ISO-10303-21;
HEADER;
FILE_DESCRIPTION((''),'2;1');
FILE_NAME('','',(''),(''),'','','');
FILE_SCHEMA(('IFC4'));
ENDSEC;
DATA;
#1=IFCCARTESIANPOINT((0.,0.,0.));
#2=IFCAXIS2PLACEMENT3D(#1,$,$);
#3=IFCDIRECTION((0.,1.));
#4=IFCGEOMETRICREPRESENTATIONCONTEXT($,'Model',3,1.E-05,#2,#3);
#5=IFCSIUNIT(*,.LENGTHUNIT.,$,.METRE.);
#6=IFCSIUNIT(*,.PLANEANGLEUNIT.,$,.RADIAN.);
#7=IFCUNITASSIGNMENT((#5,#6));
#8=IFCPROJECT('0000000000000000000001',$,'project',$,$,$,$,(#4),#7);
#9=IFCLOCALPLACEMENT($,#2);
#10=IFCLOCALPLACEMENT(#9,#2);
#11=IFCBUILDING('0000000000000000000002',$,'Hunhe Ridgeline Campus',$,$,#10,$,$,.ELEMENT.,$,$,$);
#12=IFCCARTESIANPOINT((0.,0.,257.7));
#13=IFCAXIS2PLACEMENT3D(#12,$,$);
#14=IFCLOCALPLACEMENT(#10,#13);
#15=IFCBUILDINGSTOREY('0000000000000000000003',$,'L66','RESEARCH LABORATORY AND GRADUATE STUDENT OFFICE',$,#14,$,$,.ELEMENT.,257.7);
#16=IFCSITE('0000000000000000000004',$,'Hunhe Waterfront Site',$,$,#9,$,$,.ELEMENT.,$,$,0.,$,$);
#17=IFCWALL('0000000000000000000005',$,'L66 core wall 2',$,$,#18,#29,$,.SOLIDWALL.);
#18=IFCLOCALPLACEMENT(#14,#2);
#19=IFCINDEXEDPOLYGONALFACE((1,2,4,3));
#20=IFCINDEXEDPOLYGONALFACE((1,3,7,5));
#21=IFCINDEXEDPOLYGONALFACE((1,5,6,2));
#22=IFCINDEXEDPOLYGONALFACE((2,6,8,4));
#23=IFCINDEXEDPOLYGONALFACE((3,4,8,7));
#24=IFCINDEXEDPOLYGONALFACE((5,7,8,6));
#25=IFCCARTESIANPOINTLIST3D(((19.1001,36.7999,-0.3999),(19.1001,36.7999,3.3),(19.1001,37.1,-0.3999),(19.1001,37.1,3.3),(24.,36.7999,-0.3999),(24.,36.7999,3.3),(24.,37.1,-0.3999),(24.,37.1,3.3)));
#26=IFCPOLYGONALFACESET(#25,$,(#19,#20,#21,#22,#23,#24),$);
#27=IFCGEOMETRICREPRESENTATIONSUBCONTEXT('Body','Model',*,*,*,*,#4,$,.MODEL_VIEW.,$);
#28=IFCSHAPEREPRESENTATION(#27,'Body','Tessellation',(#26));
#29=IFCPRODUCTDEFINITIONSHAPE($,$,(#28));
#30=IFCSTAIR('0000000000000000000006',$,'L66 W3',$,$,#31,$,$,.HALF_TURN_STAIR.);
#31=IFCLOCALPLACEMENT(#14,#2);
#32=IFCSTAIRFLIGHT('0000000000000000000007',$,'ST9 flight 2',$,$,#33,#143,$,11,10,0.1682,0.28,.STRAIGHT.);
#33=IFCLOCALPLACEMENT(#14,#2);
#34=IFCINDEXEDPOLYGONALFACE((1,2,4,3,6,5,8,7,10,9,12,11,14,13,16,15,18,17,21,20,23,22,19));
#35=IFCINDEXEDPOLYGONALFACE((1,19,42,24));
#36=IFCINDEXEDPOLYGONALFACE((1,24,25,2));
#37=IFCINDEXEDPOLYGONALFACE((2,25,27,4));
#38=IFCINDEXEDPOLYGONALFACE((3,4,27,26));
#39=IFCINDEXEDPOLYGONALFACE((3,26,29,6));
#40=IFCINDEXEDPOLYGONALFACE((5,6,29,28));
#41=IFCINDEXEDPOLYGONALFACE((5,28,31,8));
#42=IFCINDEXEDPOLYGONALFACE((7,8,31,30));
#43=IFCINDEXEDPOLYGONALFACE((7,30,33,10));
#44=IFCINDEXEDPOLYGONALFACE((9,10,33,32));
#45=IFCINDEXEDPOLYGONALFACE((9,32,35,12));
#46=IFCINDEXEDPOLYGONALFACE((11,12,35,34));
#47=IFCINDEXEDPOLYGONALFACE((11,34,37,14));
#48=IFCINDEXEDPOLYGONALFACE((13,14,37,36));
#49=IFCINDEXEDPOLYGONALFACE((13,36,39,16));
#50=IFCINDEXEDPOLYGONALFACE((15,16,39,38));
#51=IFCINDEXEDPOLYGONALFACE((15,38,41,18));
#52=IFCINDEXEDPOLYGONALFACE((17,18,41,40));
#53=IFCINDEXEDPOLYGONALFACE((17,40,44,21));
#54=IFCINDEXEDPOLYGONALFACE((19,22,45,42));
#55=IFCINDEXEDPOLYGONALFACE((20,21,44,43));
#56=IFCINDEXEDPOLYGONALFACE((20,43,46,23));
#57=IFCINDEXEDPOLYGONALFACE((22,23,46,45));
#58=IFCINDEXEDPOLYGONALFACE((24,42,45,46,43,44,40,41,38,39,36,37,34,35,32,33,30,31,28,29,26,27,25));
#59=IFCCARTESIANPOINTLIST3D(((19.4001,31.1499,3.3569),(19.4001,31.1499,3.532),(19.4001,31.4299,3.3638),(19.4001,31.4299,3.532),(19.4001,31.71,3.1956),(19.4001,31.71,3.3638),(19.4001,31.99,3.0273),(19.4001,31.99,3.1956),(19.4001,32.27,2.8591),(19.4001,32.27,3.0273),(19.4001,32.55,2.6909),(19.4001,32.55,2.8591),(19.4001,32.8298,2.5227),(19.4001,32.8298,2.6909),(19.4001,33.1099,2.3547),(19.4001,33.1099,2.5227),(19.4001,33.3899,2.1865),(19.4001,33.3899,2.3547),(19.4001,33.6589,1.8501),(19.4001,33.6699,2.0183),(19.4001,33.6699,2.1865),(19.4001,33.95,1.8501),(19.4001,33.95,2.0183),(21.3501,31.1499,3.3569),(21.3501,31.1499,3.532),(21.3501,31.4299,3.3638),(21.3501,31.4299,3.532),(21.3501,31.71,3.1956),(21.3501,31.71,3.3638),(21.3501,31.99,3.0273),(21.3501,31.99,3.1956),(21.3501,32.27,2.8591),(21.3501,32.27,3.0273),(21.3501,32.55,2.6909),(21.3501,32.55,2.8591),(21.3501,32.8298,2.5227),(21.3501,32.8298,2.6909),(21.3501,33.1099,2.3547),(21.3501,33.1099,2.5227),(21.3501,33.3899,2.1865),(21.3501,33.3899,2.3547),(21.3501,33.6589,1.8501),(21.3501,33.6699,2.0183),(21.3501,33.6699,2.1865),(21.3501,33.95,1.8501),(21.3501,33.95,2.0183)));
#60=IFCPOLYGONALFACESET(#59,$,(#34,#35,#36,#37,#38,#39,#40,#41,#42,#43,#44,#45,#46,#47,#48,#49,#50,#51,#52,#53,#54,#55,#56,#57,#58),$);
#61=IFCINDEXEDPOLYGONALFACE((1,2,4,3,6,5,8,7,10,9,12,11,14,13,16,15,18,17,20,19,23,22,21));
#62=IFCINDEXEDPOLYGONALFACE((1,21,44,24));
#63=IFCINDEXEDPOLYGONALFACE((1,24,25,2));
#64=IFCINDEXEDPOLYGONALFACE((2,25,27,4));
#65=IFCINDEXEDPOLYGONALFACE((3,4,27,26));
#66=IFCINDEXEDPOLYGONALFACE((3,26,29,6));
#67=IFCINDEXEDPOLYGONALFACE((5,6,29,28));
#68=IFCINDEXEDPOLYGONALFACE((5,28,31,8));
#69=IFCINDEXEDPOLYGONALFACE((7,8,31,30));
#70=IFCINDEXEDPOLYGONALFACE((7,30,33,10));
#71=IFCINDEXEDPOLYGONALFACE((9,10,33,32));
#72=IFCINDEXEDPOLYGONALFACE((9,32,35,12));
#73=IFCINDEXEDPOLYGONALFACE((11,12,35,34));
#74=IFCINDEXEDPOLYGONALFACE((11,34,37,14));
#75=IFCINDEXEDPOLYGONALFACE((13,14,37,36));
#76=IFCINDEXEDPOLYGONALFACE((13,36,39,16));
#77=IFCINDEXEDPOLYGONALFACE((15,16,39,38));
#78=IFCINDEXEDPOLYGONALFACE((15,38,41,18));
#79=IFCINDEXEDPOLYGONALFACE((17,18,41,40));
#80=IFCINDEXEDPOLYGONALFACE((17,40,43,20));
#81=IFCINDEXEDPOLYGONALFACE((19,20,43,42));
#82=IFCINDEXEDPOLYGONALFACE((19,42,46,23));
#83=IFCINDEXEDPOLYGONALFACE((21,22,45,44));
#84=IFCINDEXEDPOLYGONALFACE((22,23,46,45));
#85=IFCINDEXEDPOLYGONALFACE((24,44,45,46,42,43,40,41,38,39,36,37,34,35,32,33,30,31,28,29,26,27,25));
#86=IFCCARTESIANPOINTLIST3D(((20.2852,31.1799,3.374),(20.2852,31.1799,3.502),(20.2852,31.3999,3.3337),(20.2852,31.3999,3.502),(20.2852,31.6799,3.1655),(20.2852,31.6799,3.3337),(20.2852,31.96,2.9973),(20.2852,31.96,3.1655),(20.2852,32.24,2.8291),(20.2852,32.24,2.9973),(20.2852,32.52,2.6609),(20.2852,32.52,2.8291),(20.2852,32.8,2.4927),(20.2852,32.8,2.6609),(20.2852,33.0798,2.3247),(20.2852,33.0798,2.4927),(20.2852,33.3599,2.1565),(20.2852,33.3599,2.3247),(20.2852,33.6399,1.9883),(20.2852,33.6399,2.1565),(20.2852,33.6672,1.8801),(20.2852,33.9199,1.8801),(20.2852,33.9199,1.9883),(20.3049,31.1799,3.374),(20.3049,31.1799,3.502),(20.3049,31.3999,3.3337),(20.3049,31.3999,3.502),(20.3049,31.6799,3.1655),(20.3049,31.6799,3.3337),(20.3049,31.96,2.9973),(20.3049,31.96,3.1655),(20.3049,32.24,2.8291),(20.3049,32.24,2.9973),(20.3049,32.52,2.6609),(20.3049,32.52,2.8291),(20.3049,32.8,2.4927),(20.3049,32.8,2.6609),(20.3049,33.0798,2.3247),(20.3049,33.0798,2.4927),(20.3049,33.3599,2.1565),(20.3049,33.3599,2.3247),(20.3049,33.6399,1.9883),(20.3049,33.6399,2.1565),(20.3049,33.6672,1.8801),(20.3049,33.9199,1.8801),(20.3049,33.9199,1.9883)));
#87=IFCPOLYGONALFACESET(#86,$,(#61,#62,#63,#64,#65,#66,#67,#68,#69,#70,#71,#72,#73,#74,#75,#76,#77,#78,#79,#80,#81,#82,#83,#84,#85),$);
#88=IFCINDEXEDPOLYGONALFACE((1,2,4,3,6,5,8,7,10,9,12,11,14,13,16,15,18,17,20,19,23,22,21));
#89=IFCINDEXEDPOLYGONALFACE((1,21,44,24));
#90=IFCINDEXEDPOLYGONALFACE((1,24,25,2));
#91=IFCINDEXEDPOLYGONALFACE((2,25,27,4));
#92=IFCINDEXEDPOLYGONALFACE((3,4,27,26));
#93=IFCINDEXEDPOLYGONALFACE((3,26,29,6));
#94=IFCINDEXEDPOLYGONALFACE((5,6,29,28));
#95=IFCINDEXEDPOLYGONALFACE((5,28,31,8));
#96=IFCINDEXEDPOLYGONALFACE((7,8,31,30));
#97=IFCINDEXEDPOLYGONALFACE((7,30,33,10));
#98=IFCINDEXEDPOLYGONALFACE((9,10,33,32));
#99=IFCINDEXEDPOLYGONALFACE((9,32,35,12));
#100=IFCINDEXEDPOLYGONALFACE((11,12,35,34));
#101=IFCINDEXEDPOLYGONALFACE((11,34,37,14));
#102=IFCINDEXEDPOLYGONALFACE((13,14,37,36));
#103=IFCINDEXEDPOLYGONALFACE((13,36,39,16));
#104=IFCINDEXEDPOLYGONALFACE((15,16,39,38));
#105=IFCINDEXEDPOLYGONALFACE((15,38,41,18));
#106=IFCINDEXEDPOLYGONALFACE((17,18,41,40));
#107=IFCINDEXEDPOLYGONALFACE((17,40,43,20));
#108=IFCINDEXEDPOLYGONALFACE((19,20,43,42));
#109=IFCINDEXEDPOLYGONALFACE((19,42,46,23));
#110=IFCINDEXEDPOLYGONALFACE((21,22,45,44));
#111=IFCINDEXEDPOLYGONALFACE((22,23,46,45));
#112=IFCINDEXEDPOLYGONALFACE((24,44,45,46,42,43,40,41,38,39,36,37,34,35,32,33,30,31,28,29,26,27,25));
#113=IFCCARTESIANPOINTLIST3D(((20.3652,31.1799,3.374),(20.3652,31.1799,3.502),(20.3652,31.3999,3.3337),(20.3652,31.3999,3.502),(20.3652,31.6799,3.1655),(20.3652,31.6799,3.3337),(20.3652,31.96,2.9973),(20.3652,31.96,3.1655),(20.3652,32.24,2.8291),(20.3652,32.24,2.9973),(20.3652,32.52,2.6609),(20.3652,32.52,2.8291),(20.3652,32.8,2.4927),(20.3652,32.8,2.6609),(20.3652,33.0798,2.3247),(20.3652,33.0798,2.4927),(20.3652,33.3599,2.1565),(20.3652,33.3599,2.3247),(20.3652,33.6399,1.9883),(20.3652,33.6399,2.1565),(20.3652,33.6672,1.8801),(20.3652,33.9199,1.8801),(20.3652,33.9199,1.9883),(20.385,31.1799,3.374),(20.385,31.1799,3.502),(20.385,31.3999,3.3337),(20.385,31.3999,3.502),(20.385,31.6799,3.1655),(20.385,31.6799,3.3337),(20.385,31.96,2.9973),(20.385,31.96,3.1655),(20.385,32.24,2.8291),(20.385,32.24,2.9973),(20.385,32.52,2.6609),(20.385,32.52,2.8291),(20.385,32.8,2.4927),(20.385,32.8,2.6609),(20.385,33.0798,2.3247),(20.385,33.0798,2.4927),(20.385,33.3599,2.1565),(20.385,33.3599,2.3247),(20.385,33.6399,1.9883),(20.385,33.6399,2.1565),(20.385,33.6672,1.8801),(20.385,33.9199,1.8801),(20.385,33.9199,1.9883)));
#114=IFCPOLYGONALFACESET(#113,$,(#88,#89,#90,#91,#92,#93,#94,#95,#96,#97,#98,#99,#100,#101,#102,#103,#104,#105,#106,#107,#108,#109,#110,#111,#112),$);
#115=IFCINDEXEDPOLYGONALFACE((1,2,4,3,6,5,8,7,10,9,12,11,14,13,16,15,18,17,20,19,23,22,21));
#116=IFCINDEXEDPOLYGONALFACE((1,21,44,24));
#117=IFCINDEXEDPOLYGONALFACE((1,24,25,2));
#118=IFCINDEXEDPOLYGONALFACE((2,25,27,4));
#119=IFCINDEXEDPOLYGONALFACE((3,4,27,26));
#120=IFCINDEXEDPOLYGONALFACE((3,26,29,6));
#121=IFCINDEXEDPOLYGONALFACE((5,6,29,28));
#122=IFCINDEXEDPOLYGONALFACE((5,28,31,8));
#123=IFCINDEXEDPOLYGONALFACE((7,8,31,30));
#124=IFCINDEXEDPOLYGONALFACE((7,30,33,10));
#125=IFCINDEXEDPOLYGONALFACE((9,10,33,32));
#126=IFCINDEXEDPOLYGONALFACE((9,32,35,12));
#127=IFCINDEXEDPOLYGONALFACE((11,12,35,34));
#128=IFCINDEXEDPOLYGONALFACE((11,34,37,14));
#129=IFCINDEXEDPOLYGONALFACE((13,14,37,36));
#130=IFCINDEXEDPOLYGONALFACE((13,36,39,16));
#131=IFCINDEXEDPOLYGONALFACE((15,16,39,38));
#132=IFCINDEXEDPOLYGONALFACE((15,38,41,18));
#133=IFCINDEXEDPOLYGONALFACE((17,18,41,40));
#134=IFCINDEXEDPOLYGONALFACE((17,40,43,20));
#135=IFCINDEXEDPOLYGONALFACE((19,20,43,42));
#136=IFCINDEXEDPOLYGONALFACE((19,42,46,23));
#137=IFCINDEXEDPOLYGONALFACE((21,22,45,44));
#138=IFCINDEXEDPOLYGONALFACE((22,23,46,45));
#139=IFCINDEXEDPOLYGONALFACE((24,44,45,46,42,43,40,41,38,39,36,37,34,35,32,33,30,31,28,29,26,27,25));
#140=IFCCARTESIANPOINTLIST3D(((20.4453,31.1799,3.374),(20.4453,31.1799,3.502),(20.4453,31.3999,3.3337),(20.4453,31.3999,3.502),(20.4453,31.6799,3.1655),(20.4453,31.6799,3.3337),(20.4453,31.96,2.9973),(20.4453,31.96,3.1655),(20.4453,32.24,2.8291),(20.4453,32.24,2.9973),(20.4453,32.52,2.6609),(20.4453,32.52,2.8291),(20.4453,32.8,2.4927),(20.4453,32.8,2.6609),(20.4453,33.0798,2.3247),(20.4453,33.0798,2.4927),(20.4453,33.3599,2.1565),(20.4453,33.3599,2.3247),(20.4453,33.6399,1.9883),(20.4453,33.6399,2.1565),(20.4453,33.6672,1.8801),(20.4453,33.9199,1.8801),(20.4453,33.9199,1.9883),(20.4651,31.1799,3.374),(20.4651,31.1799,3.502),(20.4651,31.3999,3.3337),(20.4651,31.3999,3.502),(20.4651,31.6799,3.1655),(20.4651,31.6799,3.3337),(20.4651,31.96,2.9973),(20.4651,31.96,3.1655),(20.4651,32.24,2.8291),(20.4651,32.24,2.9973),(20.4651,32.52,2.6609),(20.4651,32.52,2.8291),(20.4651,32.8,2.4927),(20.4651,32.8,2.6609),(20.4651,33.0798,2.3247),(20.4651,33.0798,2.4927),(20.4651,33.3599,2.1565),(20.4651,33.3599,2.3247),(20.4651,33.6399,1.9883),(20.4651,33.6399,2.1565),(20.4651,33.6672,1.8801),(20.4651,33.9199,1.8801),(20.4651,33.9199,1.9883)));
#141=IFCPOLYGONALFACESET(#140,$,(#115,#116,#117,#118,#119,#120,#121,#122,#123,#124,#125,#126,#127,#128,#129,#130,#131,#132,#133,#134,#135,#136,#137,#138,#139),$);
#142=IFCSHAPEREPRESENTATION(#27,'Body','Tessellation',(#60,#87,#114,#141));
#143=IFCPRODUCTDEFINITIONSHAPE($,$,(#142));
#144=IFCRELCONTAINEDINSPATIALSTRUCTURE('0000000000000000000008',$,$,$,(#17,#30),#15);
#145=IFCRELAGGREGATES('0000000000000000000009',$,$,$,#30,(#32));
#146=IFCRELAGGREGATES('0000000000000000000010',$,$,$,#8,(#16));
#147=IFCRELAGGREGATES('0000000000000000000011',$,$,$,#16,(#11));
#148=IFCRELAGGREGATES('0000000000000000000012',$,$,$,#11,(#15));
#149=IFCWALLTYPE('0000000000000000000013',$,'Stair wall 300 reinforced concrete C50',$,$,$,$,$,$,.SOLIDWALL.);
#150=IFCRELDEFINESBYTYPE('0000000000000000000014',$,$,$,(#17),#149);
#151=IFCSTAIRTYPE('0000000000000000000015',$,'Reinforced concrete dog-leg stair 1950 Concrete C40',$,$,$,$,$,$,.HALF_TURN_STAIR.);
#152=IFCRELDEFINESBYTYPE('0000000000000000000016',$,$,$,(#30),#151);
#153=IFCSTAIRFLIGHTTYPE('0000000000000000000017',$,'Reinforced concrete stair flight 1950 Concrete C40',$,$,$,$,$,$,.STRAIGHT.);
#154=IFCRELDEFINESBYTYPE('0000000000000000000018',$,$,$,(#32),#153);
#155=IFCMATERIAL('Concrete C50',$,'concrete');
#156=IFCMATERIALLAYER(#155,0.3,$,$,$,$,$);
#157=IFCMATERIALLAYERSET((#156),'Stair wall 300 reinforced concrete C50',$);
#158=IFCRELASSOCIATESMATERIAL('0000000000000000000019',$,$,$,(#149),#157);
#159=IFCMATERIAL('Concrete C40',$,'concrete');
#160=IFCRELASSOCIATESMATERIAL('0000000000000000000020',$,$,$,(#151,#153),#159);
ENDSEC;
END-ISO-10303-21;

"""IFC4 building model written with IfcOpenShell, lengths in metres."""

from ifc_helpers import new_model, si_unit, direction, frame, frame_2d, origin, place, context, subcontext, project, spatial, polyline, rectangle, outline, extrude, material, layer, layer_set, type_object, element, aggregate, save


model = new_model("IFC4")

# Units and contexts
model_context = context("Model", 3, precision=1e-05, world=origin(), true_north=direction((0.0, 1.0)))
body_context = subcontext(model_context, "Body", "Model", "MODEL_VIEW")
ifc_project = project(units=[si_unit("LENGTHUNIT", "METRE"), si_unit("PLANEANGLEUNIT", "RADIAN")], contexts=[model_context])

# Site, building, storey
site_placement = place(None, origin())
site = spatial("IfcSite", under=ifc_project, at=site_placement, Name="Hunhe Waterfront Site", CompositionType="ELEMENT", RefElevation=0.0)
building_placement = place(site_placement, origin())
building = spatial("IfcBuilding", under=site, at=building_placement, Name="Hunhe Ridgeline Campus", CompositionType="ELEMENT")
storey_placement = place(building_placement, frame((0.0, 0.0, 257.7)))
storey = spatial("IfcBuildingStorey", under=building, at=storey_placement, Name="L66", Description="RESEARCH LABORATORY AND GRADUATE STUDENT OFFICE", CompositionType="ELEMENT", Elevation=257.7)

# Wall
ifc_material_1 = material(Name="Concrete C50", Category="concrete")
ifc_layer_1 = layer(ifc_material_1, 0.3)
ifc_layer_set_1 = layer_set([ifc_layer_1], Name="Stair wall 300 reinforced concrete C50")
wall_type_1 = type_object("IfcWallType", Name="Stair wall 300 reinforced concrete C50", PredefinedType="SOLIDWALL", material=ifc_layer_set_1)
wall_1_placement = place(storey_placement, frame((19.1001, 36.95, -0.3999), z_axis=(0.0, 0.0, 1.0), x_axis=(1.0, 0.0, 0.0)))
element("IfcWall", 1, at=wall_1_placement, inside=storey, type_object=wall_type_1, Name="L66 core wall 2", PredefinedType="SOLIDWALL", context=body_context, shape_type="SweptSolid", body=[
    extrude(rectangle(XDim=4.8999, YDim=0.3, at=frame_2d((2.45, 0.0))), origin(), (0.0, 0.0, 1.0), 3.7),
])

# Stair, stair flight
ifc_material_2 = material(Name="Concrete C40", Category="concrete")
stair_type = type_object("IfcStairType", Name="Reinforced concrete dog-leg stair 1950 Concrete C40", PredefinedType="HALF_TURN_STAIR", material=ifc_material_2)
stair_placement = place(storey_placement, origin())
stair = element("IfcStair", 2, at=stair_placement, inside=storey, type_object=stair_type, Name="L66 W3", PredefinedType="HALF_TURN_STAIR")
stair_flight_type = type_object("IfcStairFlightType", Name="Reinforced concrete stair flight 1950 Concrete C40", PredefinedType="STRAIGHT", material=ifc_material_2)
stair_flight_placement = place(storey_placement, frame((20.375, 33.95, 1.8501), z_axis=(0.0, 0.0, 1.0), x_axis=(0.0, -1.0, 0.0)))
stair_flight = element("IfcStairFlight", 3, at=stair_flight_placement, type_object=stair_flight_type, Name="ST9 flight 2", NumberOfRisers=11, NumberOfTreads=10, PredefinedType="STRAIGHT", RiserHeight=0.1682, TreadLength=0.28, context=body_context, shape_type="SweptSolid", body=[
    extrude(outline(polyline([(0.0, 0.0), (0.0, 0.1682), (0.28, 0.1682), (0.28, 0.3364), (0.5601, 0.3364), (0.5601, 0.5046), (0.8401, 0.5046), (0.8401, 0.6726), (1.1201, 0.6726), (1.1201, 0.8408), (1.3999, 0.8408), (1.3999, 1.009), (1.6799, 1.009), (1.6799, 1.1772), (1.96, 1.1772), (1.96, 1.3455), (2.24, 1.3455), (2.24, 1.5137), (2.52, 1.5137), (2.52, 1.6819), (2.8, 1.6819), (2.8, 1.8501), (2.8, 1.5068), (0.291, 0.0), (0.0, 0.0)])), frame((0.0, 0.9751, 0.0), z_axis=(0.0, -1.0, 0.0), x_axis=(1.0, 0.0, 0.0)), (0.0, 0.0, 1.0), 1.95),
    extrude(outline(polyline([(0.03, 0.03), (0.03, 0.1382), (0.3101, 0.1382), (0.3101, 0.3064), (0.5901, 0.3064), (0.5901, 0.4746), (0.8701, 0.4746), (0.8701, 0.6426), (1.1499, 0.6426), (1.1499, 0.8108), (1.4299, 0.8108), (1.4299, 0.979), (1.71, 0.979), (1.71, 1.1472), (1.99, 1.1472), (1.99, 1.3154), (2.27, 1.3154), (2.27, 1.4836), (2.55, 1.4836), (2.55, 1.6519), (2.77, 1.6519), (2.77, 1.5239), (0.2827, 0.03), (0.03, 0.03)])), frame((0.0, -0.0701, 0.0), z_axis=(0.0, -1.0, 0.0), x_axis=(1.0, 0.0, 0.0)), (0.0, 0.0, 1.0), 0.0198),
    extrude(outline(polyline([(0.03, 0.03), (0.03, 0.1382), (0.3101, 0.1382), (0.3101, 0.3064), (0.5901, 0.3064), (0.5901, 0.4746), (0.8701, 0.4746), (0.8701, 0.6426), (1.1499, 0.6426), (1.1499, 0.8108), (1.4299, 0.8108), (1.4299, 0.979), (1.71, 0.979), (1.71, 1.1472), (1.99, 1.1472), (1.99, 1.3154), (2.27, 1.3154), (2.27, 1.4836), (2.55, 1.4836), (2.55, 1.6519), (2.77, 1.6519), (2.77, 1.5239), (0.2827, 0.03), (0.03, 0.03)])), frame((0.0, 0.01, 0.0), z_axis=(0.0, -1.0, 0.0), x_axis=(1.0, 0.0, 0.0)), (0.0, 0.0, 1.0), 0.0198),
    extrude(outline(polyline([(0.03, 0.03), (0.03, 0.1382), (0.3101, 0.1382), (0.3101, 0.3064), (0.5901, 0.3064), (0.5901, 0.4746), (0.8701, 0.4746), (0.8701, 0.6426), (1.1499, 0.6426), (1.1499, 0.8108), (1.4299, 0.8108), (1.4299, 0.979), (1.71, 0.979), (1.71, 1.1472), (1.99, 1.1472), (1.99, 1.3154), (2.27, 1.3154), (2.27, 1.4836), (2.55, 1.4836), (2.55, 1.6519), (2.77, 1.6519), (2.77, 1.5239), (0.2827, 0.03), (0.03, 0.03)])), frame((0.0, 0.0901, 0.0), z_axis=(0.0, -1.0, 0.0), x_axis=(1.0, 0.0, 0.0)), (0.0, 0.0, 1.0), 0.0198),
])
aggregate(stair, [stair_flight])

save(model, "model.ifc")
